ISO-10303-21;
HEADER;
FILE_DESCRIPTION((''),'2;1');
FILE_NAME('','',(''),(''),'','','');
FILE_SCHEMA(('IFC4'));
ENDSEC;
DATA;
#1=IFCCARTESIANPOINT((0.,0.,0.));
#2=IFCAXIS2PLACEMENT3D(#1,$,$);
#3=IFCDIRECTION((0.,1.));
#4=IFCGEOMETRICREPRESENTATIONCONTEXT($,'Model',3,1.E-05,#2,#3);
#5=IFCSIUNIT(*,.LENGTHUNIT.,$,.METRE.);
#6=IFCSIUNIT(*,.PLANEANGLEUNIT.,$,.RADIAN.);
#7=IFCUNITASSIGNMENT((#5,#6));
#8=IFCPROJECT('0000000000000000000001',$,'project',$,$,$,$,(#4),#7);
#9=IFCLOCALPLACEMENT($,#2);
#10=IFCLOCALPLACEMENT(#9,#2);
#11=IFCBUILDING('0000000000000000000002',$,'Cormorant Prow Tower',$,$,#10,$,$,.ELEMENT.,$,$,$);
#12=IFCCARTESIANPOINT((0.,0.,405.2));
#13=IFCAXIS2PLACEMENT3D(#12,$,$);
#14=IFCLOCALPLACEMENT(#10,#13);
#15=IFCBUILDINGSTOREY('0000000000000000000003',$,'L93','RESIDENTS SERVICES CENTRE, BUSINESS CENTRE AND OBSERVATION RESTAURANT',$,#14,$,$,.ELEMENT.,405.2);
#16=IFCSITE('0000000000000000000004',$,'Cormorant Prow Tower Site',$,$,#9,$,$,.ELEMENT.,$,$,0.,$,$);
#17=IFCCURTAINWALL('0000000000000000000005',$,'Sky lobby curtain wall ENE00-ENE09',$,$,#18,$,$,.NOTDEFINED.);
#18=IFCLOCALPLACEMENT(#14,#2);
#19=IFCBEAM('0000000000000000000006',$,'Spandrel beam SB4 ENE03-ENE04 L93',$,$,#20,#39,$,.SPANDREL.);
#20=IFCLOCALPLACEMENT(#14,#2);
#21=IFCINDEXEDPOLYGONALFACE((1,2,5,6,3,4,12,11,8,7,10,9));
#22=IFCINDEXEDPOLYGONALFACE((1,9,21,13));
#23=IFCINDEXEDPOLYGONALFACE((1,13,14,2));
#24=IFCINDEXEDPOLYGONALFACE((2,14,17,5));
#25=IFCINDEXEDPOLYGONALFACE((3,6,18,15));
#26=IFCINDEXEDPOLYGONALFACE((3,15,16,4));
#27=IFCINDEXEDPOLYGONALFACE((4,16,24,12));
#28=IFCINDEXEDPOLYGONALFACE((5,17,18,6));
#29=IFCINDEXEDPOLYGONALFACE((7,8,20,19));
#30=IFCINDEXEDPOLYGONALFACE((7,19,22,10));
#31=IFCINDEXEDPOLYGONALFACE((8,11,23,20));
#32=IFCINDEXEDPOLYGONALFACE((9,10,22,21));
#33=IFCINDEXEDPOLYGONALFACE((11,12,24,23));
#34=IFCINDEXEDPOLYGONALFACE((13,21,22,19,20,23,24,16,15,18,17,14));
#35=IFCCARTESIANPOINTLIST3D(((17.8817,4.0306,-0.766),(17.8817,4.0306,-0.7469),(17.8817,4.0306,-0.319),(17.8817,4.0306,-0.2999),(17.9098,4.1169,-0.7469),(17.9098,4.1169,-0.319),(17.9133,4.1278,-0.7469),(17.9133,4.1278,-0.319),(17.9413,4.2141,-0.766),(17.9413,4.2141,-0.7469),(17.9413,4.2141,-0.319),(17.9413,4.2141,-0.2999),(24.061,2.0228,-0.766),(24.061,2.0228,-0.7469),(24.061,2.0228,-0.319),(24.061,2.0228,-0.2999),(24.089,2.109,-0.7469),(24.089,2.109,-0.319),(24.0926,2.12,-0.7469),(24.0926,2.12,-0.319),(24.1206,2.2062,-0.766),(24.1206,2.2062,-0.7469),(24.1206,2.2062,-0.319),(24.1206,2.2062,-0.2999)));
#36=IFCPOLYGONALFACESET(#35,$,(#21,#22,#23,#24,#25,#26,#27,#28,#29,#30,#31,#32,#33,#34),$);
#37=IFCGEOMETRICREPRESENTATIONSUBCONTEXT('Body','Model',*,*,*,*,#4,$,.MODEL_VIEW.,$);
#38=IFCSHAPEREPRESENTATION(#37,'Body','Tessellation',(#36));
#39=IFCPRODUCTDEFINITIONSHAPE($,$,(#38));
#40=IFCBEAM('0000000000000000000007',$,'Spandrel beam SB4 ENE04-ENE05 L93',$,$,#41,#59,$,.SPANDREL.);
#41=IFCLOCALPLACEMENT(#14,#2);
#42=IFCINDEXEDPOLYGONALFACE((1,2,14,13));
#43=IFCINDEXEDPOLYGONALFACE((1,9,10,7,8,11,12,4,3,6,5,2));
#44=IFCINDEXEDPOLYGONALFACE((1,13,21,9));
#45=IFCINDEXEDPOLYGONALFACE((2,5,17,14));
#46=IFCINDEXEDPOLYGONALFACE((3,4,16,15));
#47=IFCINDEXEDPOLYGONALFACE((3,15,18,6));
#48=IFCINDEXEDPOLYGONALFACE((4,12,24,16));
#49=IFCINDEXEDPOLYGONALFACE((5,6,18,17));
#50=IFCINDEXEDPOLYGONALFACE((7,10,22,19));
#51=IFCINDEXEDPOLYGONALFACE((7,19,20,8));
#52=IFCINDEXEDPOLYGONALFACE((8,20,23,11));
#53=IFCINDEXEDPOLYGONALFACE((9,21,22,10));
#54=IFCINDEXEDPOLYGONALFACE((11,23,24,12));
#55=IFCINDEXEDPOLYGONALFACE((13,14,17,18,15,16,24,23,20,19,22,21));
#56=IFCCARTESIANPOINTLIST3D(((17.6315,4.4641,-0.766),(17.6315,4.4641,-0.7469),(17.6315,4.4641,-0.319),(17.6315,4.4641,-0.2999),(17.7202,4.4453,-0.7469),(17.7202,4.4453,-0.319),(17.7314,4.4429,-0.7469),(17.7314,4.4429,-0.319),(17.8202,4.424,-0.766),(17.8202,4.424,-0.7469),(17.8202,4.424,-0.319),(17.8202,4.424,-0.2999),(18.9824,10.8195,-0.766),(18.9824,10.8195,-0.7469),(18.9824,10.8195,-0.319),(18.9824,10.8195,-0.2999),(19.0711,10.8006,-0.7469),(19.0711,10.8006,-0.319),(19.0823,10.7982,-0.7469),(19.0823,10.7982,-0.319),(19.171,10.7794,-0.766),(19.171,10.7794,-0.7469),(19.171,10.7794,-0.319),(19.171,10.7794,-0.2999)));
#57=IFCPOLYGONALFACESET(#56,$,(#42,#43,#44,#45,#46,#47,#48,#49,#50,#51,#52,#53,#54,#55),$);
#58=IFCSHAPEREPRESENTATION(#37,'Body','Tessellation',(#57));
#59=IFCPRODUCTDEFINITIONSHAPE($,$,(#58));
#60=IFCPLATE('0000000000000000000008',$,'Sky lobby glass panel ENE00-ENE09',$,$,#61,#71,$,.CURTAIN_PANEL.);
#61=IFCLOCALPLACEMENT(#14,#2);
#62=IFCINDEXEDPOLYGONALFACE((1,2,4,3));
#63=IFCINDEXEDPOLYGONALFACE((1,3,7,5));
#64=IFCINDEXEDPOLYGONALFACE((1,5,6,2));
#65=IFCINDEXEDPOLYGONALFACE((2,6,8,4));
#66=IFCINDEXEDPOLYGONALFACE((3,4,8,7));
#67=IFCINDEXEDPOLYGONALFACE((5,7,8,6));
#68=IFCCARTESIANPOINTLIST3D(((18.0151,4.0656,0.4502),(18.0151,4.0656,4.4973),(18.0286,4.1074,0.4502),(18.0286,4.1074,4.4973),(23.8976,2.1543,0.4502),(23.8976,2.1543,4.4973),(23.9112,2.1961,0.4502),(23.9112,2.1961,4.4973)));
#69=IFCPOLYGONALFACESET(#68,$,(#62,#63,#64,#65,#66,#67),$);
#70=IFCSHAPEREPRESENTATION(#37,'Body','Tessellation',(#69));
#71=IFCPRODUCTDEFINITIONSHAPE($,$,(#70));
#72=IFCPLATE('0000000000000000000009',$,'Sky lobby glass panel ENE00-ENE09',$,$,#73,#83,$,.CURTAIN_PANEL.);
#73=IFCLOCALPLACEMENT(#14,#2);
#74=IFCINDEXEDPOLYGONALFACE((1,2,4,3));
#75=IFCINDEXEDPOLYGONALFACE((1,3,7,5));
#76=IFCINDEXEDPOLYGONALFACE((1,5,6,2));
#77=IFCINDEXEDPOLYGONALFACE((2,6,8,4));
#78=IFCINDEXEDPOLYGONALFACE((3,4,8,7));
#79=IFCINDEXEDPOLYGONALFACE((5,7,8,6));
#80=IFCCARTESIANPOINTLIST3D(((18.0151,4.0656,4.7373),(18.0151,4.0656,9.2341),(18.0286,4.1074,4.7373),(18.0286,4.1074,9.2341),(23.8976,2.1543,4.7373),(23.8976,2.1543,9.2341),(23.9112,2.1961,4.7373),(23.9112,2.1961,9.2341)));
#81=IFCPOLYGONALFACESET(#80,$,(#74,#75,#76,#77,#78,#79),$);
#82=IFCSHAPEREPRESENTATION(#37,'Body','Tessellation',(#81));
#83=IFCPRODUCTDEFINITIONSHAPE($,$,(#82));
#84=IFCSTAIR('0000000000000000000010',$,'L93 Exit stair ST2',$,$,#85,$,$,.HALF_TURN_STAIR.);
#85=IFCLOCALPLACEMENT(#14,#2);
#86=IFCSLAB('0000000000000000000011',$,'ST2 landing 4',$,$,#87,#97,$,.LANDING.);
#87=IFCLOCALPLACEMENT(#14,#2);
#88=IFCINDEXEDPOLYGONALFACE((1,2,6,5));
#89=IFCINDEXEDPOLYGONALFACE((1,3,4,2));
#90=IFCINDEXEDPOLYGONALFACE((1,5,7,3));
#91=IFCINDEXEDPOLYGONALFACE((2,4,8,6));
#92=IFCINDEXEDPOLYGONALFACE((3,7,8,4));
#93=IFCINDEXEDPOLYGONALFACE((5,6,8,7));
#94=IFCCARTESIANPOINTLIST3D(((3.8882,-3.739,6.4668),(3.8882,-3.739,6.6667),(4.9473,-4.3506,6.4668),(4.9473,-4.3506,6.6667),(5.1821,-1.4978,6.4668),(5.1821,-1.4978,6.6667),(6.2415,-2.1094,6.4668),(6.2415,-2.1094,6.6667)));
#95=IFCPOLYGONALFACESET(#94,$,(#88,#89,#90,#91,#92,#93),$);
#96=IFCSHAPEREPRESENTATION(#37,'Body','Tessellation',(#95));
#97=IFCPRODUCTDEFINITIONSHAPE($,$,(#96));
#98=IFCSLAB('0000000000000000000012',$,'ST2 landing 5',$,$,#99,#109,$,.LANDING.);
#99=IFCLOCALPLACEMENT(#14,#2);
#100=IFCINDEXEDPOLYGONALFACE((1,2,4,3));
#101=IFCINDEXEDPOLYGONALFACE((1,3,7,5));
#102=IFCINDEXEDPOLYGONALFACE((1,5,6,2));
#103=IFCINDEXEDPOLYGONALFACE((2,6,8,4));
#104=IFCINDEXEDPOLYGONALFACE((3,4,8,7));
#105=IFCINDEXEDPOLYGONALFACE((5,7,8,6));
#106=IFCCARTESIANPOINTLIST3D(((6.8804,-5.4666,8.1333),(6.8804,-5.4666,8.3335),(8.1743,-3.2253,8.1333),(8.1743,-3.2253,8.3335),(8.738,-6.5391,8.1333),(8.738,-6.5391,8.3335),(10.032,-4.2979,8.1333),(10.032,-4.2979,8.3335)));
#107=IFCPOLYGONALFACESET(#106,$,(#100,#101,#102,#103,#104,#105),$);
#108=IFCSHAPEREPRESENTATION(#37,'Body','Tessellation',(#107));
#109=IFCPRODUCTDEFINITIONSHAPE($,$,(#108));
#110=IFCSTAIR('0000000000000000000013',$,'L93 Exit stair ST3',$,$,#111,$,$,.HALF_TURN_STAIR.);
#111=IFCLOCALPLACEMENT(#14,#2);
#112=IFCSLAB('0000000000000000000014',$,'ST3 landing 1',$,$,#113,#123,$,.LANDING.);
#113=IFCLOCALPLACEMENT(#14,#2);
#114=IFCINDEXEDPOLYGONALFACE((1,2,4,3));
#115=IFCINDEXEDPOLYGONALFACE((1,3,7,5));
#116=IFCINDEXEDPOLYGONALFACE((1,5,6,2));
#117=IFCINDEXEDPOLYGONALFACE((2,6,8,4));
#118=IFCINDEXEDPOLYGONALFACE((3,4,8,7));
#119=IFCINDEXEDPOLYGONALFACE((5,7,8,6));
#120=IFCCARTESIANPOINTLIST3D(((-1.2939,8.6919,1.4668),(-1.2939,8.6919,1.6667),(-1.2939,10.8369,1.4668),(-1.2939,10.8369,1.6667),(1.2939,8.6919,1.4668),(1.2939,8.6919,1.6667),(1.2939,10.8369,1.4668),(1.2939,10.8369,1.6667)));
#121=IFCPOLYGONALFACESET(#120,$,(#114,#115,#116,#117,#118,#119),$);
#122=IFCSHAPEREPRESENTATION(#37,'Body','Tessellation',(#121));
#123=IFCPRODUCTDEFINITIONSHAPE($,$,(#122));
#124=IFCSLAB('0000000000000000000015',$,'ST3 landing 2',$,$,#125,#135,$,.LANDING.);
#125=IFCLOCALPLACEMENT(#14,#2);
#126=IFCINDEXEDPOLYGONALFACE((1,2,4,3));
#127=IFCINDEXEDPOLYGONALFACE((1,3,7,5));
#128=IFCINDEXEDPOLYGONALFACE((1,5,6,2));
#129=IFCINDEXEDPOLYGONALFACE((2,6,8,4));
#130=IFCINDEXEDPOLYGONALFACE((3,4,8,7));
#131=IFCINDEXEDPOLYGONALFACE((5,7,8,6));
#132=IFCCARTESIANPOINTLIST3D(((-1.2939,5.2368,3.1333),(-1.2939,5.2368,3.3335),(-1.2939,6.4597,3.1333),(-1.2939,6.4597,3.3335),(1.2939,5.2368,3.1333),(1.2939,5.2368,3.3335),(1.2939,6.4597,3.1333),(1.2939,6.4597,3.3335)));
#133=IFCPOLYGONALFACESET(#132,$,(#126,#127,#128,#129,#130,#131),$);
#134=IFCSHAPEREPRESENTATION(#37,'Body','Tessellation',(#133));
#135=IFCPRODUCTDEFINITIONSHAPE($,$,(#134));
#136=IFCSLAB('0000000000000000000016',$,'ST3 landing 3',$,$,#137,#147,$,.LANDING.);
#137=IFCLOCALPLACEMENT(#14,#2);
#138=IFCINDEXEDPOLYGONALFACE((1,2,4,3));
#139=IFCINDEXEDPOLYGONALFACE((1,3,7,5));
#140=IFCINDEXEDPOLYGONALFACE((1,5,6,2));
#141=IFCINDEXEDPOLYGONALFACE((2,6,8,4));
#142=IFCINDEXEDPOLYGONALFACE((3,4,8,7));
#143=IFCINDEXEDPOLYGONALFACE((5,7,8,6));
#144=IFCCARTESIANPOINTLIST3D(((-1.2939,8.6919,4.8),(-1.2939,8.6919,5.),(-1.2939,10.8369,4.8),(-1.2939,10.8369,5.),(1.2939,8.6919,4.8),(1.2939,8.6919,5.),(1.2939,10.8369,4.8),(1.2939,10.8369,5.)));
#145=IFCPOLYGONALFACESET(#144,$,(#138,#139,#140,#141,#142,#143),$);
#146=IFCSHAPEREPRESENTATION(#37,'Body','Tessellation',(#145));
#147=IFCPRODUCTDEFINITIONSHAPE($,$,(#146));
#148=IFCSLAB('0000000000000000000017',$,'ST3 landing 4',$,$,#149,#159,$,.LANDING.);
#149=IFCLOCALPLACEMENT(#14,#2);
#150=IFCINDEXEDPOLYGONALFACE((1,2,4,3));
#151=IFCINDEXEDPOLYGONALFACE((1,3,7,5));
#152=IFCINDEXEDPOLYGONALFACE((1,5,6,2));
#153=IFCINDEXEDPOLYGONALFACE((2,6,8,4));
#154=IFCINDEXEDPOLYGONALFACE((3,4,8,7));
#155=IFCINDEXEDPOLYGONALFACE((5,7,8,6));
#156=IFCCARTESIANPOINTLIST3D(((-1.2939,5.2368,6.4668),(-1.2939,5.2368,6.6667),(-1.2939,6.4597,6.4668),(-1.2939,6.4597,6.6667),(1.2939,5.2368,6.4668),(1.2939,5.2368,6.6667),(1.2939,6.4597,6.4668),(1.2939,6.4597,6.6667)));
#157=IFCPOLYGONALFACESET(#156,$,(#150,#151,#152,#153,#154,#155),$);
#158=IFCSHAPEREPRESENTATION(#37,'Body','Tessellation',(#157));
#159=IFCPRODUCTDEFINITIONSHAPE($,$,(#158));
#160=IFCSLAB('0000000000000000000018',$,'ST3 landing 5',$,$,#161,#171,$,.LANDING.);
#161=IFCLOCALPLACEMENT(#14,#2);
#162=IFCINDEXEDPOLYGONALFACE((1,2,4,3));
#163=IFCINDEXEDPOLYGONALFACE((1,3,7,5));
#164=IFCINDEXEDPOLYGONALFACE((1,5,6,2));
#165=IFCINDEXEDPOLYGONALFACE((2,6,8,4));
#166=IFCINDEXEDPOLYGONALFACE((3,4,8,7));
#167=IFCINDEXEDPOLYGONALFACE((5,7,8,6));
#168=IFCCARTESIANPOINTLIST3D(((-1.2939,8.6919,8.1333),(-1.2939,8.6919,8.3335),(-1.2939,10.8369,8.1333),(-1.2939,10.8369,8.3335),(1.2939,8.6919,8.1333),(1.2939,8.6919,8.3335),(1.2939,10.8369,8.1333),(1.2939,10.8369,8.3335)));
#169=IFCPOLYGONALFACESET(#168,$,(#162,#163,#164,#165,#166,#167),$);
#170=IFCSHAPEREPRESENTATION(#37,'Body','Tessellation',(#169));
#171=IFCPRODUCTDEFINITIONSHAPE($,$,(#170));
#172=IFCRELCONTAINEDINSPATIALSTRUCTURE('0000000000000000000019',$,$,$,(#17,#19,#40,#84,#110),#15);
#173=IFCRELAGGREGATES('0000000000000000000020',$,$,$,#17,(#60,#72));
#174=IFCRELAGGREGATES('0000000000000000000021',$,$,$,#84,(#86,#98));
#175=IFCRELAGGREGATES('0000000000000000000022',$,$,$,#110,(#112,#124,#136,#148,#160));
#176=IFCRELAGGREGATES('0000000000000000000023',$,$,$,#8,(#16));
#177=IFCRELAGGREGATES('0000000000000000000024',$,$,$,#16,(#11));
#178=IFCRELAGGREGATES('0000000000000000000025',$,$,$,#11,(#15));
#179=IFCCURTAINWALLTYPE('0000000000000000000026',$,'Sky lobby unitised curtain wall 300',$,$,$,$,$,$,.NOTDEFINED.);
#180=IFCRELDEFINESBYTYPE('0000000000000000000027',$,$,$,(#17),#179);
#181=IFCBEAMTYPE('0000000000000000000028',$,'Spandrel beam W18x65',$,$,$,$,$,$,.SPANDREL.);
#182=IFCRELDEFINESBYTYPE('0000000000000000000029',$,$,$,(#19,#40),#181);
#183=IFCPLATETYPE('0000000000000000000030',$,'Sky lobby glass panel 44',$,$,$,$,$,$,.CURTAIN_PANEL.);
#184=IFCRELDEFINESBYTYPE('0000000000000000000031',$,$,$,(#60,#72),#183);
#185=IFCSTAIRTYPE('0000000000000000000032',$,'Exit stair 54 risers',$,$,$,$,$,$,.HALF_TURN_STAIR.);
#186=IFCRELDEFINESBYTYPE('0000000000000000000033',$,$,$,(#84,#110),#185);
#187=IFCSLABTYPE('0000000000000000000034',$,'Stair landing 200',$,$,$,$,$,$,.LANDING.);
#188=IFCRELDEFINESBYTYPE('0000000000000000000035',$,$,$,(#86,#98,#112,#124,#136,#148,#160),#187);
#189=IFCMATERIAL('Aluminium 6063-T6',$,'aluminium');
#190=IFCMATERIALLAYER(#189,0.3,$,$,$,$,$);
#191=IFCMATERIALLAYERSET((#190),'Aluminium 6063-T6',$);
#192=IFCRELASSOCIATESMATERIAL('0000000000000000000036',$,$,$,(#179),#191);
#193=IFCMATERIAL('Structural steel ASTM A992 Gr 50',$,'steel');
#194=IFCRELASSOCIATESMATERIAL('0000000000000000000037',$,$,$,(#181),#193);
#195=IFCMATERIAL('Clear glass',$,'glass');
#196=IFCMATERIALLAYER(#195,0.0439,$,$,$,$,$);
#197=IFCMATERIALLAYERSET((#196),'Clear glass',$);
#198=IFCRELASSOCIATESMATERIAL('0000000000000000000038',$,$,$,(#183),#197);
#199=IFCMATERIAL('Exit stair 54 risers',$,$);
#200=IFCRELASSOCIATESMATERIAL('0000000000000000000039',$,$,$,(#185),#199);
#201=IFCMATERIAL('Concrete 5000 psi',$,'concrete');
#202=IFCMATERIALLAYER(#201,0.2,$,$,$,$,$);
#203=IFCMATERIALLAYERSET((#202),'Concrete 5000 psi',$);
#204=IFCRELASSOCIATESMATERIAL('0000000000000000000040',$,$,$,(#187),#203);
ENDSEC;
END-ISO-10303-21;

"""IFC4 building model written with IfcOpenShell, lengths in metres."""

from ifc_helpers import new_model, si_unit, direction, frame, origin, origin_2d, place, context, subcontext, project, spatial, polyline, rectangle, i_section, outline, extrude, material, layer, layer_set, material_profile, profile_set, type_object, element, aggregate, save


model = new_model("IFC4")

# Units and contexts
model_context = context("Model", 3, precision=1e-05, world=origin(), true_north=direction((0.0, 1.0)))
body_context = subcontext(model_context, "Body", "Model", "MODEL_VIEW")
ifc_project = project(units=[si_unit("LENGTHUNIT", "METRE"), si_unit("PLANEANGLEUNIT", "RADIAN")], contexts=[model_context])

# Site, building, storey
site_placement = place(None, origin())
site = spatial("IfcSite", under=ifc_project, at=site_placement, Name="Cormorant Prow Tower Site", CompositionType="ELEMENT", RefElevation=0.0)
building_placement = place(site_placement, origin())
building = spatial("IfcBuilding", under=site, at=building_placement, Name="Cormorant Prow Tower", CompositionType="ELEMENT")
storey_placement = place(building_placement, frame((0.0, 0.0, 405.2)))
storey = spatial("IfcBuildingStorey", under=building, at=storey_placement, Name="L93", Description="RESIDENTS SERVICES CENTRE, BUSINESS CENTRE AND OBSERVATION RESTAURANT", CompositionType="ELEMENT", Elevation=405.2)

# Curtain wall
ifc_material_1 = material(Name="Aluminium 6063-T6", Category="aluminium")
ifc_layer_1 = layer(ifc_material_1, 0.3)
ifc_layer_set_1 = layer_set([ifc_layer_1], Name="Aluminium 6063-T6")
curtain_wall_type = type_object("IfcCurtainWallType", Name="Sky lobby unitised curtain wall 300", PredefinedType="NOTDEFINED", material=ifc_layer_set_1)
curtain_wall_placement = place(storey_placement, origin())
curtain_wall = element("IfcCurtainWall", 1, at=curtain_wall_placement, inside=storey, type_object=curtain_wall_type, Name="Sky lobby curtain wall ENE00-ENE09", PredefinedType="NOTDEFINED")

# Beams
ifc_material_2 = material(Name="Structural steel ASTM A992 Gr 50", Category="steel")
ifc_material_profile_1 = material_profile(ifc_material_2, i_section(OverallWidth=0.1929, OverallDepth=0.4661, WebThickness=0.0115, FlangeThickness=0.019, at=origin_2d()), Name="W18x65")
ifc_profile_set_1 = profile_set([ifc_material_profile_1], Name="Structural steel ASTM A992 Gr 50")
beam_type_1 = type_object("IfcBeamType", Name="Spandrel beam W18x65", PredefinedType="SPANDREL", material=ifc_profile_set_1)
for number, where, z_axis, x_axis, name in (
    (2, (24.0908, 2.1145, -0.533), (-0.951053, 0.309027, 0.0), (-0.309027, -0.951053, 0.0), "Spandrel beam SB4 ENE03-ENE04 L93"),
    (3, (17.7258, 4.4441, -0.533), (0.20791, 0.978148, 0.0), (-0.978148, 0.20791, 0.0), "Spandrel beam SB4 ENE04-ENE05 L93"),
):
    element("IfcBeam", number, at=place(storey_placement, frame(where, z_axis=z_axis, x_axis=x_axis)), inside=storey, type_object=beam_type_1, Name=name, PredefinedType="SPANDREL", context=body_context, shape_type="SweptSolid", body=[
        extrude(i_section(OverallWidth=0.1929, OverallDepth=0.4661, WebThickness=0.0115, FlangeThickness=0.019, at=origin_2d()), origin(), (0.0, 0.0, 1.0), 6.4973),
    ])

# Plates
ifc_material_3 = material(Name="Clear glass", Category="glass")
ifc_layer_2 = layer(ifc_material_3, 0.0439)
ifc_layer_set_2 = layer_set([ifc_layer_2], Name="Clear glass")
plate_type = type_object("IfcPlateType", Name="Sky lobby glass panel 44", PredefinedType="CURTAIN_PANEL", material=ifc_layer_set_2)
plate_1_placement = place(storey_placement, frame((20.9631, 3.1309, 0.4502), z_axis=(0.0, 0.0, 1.0), x_axis=(-0.951056, 0.309017, 0.0)))
plate_1 = element("IfcPlate", 4, at=plate_1_placement, type_object=plate_type, Name="Sky lobby glass panel ENE00-ENE09", PredefinedType="CURTAIN_PANEL", context=body_context, shape_type="SweptSolid", body=[
    extrude(rectangle(XDim=6.1853, YDim=0.0439, at=origin_2d()), origin(), (0.0, 0.0, 1.0), 4.0471),
])
plate_2_placement = place(storey_placement, frame((20.9631, 3.1309, 4.7373), z_axis=(0.0, 0.0, 1.0), x_axis=(-0.951056, 0.309017, 0.0)))
plate_2 = element("IfcPlate", 5, at=plate_2_placement, type_object=plate_type, Name="Sky lobby glass panel ENE00-ENE09", PredefinedType="CURTAIN_PANEL", context=body_context, shape_type="SweptSolid", body=[
    extrude(rectangle(XDim=6.1853, YDim=0.0439, at=origin_2d()), origin(), (0.0, 0.0, 1.0), 4.4968),
])
aggregate(curtain_wall, [plate_1, plate_2])

# Stairs, slabs
ifc_material_4 = material(Name="Exit stair 54 risers")
stair_type = type_object("IfcStairType", Name="Exit stair 54 risers", PredefinedType="HALF_TURN_STAIR", material=ifc_material_4)
stair_1_placement = place(storey_placement, origin())
stair_1 = element("IfcStair", 6, at=stair_1_placement, inside=storey, type_object=stair_type, Name="L93 Exit stair ST2", PredefinedType="HALF_TURN_STAIR")
ifc_material_5 = material(Name="Concrete 5000 psi", Category="concrete")
ifc_layer_3 = layer(ifc_material_5, 0.2)
ifc_layer_set_3 = layer_set([ifc_layer_3], Name="Concrete 5000 psi")
slab_type = type_object("IfcSlabType", Name="Stair landing 200", PredefinedType="LANDING", material=ifc_layer_set_3)
slab_1_placement = place(storey_placement, frame((0.0, 0.0, 6.4668)))
slab_1 = element("IfcSlab", 7, at=slab_1_placement, type_object=slab_type, Name="ST2 landing 4", PredefinedType="LANDING", context=body_context, shape_type="SweptSolid", body=[
    extrude(outline(polyline([(3.8882, -3.739), (4.9473, -4.3506), (6.2415, -2.1094), (5.1821, -1.4978), (3.8882, -3.739)])), origin(), (0.0, 0.0, 1.0), 0.2),
])
slab_2_placement = place(storey_placement, frame((0.0, 0.0, 8.1333)))
slab_2 = element("IfcSlab", 8, at=slab_2_placement, type_object=slab_type, Name="ST2 landing 5", PredefinedType="LANDING", context=body_context, shape_type="SweptSolid", body=[
    extrude(outline(polyline([(6.8804, -5.4666), (8.738, -6.5391), (10.032, -4.2979), (8.1743, -3.2253), (6.8804, -5.4666)])), origin(), (0.0, 0.0, 1.0), 0.2002),
])
aggregate(stair_1, [slab_1, slab_2])
stair_2_placement = place(storey_placement, origin())
stair_2 = element("IfcStair", 9, at=stair_2_placement, inside=storey, type_object=stair_type, Name="L93 Exit stair ST3", PredefinedType="HALF_TURN_STAIR")
slab_3_placement = place(storey_placement, frame((0.0, 0.0, 1.4668)))
slab_3 = element("IfcSlab", 10, at=slab_3_placement, type_object=slab_type, Name="ST3 landing 1", PredefinedType="LANDING", context=body_context, shape_type="SweptSolid", body=[
    extrude(outline(polyline([(1.2939, 8.6919), (1.2939, 10.8369), (-1.2939, 10.8369), (-1.2939, 8.6919), (1.2939, 8.6919)])), origin(), (0.0, 0.0, 1.0), 0.2),
])
slab_4_placement = place(storey_placement, frame((0.0, 0.0, 3.1333)))
slab_4 = element("IfcSlab", 11, at=slab_4_placement, type_object=slab_type, Name="ST3 landing 2", PredefinedType="LANDING", context=body_context, shape_type="SweptSolid", body=[
    extrude(outline(polyline([(1.2939, 5.2368), (1.2939, 6.4597), (-1.2939, 6.4597), (-1.2939, 5.2368), (1.2939, 5.2368)])), origin(), (0.0, 0.0, 1.0), 0.2002),
])
slab_5_placement = place(storey_placement, frame((0.0, 0.0, 4.8)))
slab_5 = element("IfcSlab", 12, at=slab_5_placement, type_object=slab_type, Name="ST3 landing 3", PredefinedType="LANDING", context=body_context, shape_type="SweptSolid", body=[
    extrude(outline(polyline([(1.2939, 8.6919), (1.2939, 10.8369), (-1.2939, 10.8369), (-1.2939, 8.6919), (1.2939, 8.6919)])), origin(), (0.0, 0.0, 1.0), 0.2),
])
slab_6_placement = place(storey_placement, frame((0.0, 0.0, 6.4668)))
slab_6 = element("IfcSlab", 13, at=slab_6_placement, type_object=slab_type, Name="ST3 landing 4", PredefinedType="LANDING", context=body_context, shape_type="SweptSolid", body=[
    extrude(outline(polyline([(1.2939, 5.2368), (1.2939, 6.4597), (-1.2939, 6.4597), (-1.2939, 5.2368), (1.2939, 5.2368)])), origin(), (0.0, 0.0, 1.0), 0.2),
])
slab_7_placement = place(storey_placement, frame((0.0, 0.0, 8.1333)))
slab_7 = element("IfcSlab", 14, at=slab_7_placement, type_object=slab_type, Name="ST3 landing 5", PredefinedType="LANDING", context=body_context, shape_type="SweptSolid", body=[
    extrude(outline(polyline([(1.2939, 8.6919), (1.2939, 10.8369), (-1.2939, 10.8369), (-1.2939, 8.6919), (1.2939, 8.6919)])), origin(), (0.0, 0.0, 1.0), 0.2002),
])

aggregate(stair_2, [slab_3, slab_4, slab_5, slab_6, slab_7])

save(model, "model.ifc")
